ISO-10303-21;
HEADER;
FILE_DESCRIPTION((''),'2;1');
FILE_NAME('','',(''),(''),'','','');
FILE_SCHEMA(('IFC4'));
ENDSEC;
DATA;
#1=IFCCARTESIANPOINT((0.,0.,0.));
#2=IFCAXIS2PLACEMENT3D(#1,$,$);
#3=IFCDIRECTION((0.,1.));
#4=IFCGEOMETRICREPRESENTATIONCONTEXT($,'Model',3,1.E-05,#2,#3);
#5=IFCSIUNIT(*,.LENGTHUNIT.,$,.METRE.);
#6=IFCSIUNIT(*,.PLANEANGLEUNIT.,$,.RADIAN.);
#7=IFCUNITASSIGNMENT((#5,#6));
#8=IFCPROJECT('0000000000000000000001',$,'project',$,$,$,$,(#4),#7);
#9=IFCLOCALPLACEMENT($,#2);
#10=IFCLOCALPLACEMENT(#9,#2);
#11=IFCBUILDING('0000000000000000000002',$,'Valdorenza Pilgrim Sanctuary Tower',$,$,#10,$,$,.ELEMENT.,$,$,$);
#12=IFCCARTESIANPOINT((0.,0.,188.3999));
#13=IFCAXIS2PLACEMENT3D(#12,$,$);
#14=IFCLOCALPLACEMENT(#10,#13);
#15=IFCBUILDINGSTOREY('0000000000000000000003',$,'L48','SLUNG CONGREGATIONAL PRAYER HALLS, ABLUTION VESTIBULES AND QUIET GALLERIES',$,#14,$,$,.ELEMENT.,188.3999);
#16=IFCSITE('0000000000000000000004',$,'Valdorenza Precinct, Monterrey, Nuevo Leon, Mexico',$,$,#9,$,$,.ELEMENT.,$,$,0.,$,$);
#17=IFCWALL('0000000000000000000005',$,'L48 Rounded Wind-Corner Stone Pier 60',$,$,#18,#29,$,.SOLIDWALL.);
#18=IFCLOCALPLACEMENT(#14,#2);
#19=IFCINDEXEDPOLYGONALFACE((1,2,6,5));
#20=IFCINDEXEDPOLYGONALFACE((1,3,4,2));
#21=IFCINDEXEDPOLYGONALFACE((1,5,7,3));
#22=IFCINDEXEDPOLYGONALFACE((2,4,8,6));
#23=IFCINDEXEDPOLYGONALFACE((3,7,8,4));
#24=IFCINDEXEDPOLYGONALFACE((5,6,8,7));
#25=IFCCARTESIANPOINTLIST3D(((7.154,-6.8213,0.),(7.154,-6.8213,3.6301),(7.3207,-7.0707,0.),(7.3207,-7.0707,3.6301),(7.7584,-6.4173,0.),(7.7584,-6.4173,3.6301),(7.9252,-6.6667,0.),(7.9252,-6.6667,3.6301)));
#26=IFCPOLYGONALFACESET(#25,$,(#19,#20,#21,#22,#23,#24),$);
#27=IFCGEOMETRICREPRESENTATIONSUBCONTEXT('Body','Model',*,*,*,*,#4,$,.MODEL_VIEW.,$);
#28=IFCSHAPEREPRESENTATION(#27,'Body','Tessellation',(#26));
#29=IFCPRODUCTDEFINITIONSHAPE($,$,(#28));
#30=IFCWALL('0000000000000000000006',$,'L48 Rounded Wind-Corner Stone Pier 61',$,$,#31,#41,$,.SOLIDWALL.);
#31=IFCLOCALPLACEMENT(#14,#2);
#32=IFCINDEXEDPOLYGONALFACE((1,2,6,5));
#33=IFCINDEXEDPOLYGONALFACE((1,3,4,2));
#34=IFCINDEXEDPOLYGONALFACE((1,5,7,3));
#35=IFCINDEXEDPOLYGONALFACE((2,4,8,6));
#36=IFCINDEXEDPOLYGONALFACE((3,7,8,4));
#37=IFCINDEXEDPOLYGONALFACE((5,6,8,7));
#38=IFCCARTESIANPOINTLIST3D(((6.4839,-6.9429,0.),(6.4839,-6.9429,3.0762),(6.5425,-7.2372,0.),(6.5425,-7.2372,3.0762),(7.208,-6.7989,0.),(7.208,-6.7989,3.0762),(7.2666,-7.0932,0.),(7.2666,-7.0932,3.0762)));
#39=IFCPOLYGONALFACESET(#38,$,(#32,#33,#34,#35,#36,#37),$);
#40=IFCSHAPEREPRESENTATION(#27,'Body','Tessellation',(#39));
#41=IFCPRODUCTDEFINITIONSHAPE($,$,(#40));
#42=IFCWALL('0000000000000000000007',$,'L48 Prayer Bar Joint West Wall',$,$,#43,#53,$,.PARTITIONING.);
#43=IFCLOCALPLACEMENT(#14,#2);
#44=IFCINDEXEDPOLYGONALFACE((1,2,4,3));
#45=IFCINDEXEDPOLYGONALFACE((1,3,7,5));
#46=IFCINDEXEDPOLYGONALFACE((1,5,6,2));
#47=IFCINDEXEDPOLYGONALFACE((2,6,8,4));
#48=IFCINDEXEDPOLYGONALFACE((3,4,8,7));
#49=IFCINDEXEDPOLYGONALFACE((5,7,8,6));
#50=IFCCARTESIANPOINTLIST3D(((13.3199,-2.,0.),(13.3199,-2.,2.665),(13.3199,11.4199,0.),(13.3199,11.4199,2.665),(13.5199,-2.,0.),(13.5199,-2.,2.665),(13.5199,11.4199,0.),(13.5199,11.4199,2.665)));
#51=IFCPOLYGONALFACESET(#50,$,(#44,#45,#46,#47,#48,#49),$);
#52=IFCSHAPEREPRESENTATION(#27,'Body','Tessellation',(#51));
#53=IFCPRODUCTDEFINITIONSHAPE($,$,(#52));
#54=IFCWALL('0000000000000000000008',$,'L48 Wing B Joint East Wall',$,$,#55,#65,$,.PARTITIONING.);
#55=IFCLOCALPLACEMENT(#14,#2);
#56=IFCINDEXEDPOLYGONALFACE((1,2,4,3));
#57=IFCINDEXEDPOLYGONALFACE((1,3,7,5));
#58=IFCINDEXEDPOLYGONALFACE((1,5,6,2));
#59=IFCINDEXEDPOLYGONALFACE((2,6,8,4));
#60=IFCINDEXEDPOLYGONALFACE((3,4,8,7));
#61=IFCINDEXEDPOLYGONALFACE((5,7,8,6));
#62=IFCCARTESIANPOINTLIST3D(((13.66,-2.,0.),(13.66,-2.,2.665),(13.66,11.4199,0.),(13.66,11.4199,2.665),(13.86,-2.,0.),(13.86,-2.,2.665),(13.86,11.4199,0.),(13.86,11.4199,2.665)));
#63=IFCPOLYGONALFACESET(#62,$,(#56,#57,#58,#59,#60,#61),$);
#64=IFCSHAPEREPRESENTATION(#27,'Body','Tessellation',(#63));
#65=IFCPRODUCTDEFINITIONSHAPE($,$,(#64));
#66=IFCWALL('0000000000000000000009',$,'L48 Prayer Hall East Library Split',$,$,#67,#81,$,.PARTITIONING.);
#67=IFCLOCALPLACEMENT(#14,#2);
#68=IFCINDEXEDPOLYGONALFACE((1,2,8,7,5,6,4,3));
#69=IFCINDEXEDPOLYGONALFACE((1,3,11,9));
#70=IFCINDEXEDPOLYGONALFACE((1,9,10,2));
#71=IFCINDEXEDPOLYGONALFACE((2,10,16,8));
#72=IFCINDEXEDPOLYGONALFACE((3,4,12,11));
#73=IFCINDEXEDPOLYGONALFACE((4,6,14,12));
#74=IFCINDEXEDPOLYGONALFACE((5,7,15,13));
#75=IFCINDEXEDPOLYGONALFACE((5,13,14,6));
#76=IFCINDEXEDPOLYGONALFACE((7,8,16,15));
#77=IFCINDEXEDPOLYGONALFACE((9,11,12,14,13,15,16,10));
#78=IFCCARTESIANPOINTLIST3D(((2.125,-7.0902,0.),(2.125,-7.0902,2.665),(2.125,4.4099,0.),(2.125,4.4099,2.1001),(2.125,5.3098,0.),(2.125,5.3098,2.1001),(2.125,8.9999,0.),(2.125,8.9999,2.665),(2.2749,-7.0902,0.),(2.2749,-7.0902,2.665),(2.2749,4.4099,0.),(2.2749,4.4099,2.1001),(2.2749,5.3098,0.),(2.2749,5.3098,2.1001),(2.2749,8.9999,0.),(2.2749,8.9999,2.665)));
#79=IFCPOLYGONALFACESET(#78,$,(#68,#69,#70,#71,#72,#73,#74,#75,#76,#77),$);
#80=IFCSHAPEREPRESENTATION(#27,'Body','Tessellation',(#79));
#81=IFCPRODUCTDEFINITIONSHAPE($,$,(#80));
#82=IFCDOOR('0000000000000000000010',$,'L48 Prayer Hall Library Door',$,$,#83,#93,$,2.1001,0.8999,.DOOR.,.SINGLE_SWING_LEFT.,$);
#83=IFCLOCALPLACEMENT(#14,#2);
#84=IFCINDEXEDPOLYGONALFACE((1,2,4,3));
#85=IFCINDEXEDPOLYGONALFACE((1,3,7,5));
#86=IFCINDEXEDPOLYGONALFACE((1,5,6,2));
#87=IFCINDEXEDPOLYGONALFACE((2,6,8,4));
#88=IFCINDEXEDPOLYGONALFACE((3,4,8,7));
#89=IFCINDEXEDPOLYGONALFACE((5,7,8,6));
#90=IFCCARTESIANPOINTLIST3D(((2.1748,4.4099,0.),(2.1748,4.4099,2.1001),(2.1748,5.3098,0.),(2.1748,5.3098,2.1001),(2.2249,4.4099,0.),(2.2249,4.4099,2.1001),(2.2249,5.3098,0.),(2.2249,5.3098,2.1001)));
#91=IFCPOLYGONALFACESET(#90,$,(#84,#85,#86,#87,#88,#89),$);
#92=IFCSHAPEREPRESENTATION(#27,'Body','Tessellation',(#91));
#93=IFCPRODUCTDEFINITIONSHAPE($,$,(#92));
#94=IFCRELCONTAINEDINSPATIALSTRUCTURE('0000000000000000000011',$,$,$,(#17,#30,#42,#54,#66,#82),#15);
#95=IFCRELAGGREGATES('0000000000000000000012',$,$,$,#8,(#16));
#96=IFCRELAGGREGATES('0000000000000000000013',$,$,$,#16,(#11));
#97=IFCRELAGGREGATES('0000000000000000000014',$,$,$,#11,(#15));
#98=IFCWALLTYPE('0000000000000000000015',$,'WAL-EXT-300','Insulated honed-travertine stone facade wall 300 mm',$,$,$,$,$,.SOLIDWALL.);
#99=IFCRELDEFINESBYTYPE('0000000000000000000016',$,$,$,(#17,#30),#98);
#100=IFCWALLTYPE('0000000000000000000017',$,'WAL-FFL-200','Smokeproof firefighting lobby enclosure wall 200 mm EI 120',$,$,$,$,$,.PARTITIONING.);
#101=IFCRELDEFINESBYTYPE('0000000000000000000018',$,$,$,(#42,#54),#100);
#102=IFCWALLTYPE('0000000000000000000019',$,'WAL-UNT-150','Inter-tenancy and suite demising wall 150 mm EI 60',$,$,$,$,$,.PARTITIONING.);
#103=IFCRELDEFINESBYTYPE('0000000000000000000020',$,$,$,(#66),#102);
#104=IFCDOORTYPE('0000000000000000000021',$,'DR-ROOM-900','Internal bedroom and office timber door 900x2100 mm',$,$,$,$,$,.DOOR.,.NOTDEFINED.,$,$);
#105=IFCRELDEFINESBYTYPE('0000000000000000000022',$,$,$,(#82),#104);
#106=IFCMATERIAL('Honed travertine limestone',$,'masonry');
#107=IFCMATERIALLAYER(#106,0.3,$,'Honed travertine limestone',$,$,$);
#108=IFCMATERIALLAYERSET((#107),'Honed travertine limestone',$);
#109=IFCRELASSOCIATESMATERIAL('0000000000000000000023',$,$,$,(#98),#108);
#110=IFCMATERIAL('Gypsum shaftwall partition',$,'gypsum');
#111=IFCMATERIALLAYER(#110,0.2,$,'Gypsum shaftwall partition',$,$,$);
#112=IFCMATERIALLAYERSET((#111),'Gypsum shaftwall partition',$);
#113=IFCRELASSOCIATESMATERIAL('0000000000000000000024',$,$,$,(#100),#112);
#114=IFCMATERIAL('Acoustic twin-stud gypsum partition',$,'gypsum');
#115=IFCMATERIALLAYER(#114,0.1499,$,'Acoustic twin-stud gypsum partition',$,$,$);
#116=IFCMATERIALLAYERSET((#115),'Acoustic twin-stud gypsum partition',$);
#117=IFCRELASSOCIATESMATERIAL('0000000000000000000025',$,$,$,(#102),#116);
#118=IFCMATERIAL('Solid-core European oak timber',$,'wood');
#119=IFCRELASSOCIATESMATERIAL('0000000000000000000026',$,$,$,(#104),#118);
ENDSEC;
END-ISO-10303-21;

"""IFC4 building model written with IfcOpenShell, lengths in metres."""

from ifc_helpers import new_model, si_unit, direction, frame, frame_2d, origin, place, context, subcontext, project, spatial, rectangle, extrude, material, layer, layer_set, type_object, element, fill, save


model = new_model("IFC4")

# Units and contexts
model_context = context("Model", 3, precision=1e-05, world=origin(), true_north=direction((0.0, 1.0)))
body_context = subcontext(model_context, "Body", "Model", "MODEL_VIEW")
ifc_project = project(units=[si_unit("LENGTHUNIT", "METRE"), si_unit("PLANEANGLEUNIT", "RADIAN")], contexts=[model_context])

# Site, building, storey
site_placement = place(None, origin())
site = spatial("IfcSite", under=ifc_project, at=site_placement, Name="Valdorenza Precinct, Monterrey, Nuevo Leon, Mexico", CompositionType="ELEMENT", RefElevation=0.0)
building_placement = place(site_placement, origin())
building = spatial("IfcBuilding", under=site, at=building_placement, Name="Valdorenza Pilgrim Sanctuary Tower", CompositionType="ELEMENT")
storey_placement = place(building_placement, frame((0.0, 0.0, 188.3999)))
storey = spatial("IfcBuildingStorey", under=building, at=storey_placement, Name="L48", Description="SLUNG CONGREGATIONAL PRAYER HALLS, ABLUTION VESTIBULES AND QUIET GALLERIES", CompositionType="ELEMENT", Elevation=188.3999)

# Shared definitions
ifc_material_1 = material(Name="Honed travertine limestone", Category="masonry")

# Walls
ifc_layer_1 = layer(ifc_material_1, 0.3, Name="Honed travertine limestone")
ifc_layer_set_1 = layer_set([ifc_layer_1], Name="Honed travertine limestone")
wall_type_1 = type_object("IfcWallType", Name="WAL-EXT-300", Description="Insulated honed-travertine stone facade wall 300 mm", PredefinedType="SOLIDWALL", material=ifc_layer_set_1)
wall_1_placement = place(storey_placement, frame((7.8418, -6.542, 0.0), z_axis=(0.0, 0.0, 1.0), x_axis=(-0.831378, -0.555707, 0.0)))
element("IfcWall", 1, at=wall_1_placement, inside=storey, type_object=wall_type_1, Name="L48 Rounded Wind-Corner Stone Pier 60", PredefinedType="SOLIDWALL", context=body_context, shape_type="SweptSolid", body=[
    extrude(rectangle(XDim=0.7271, YDim=0.3, at=frame_2d((0.3635, 0.0))), origin(), (0.0, 0.0, 1.0), 3.6301),
])
wall_2_placement = place(storey_placement, frame((7.2373, -6.946, 0.0), z_axis=(0.0, 0.0, 1.0), x_axis=(-0.980784, -0.195099, 0.0)))
element("IfcWall", 2, at=wall_2_placement, inside=storey, type_object=wall_type_1, Name="L48 Rounded Wind-Corner Stone Pier 61", PredefinedType="SOLIDWALL", context=body_context, shape_type="SweptSolid", body=[
    extrude(rectangle(XDim=0.7383, YDim=0.3, at=frame_2d((0.3691, 0.0))), origin(), (0.0, 0.0, 1.0), 3.0762),
])
ifc_material_2 = material(Name="Gypsum shaftwall partition", Category="gypsum")
ifc_layer_2 = layer(ifc_material_2, 0.2, Name="Gypsum shaftwall partition")
ifc_layer_set_2 = layer_set([ifc_layer_2], Name="Gypsum shaftwall partition")
wall_type_2 = type_object("IfcWallType", Name="WAL-FFL-200", Description="Smokeproof firefighting lobby enclosure wall 200 mm EI 120", PredefinedType="PARTITIONING", material=ifc_layer_set_2)
for number, where, z_axis, x_axis, name in (
    (3, (13.4199, -2.0, 0.0), (0.0, 0.0, 1.0), (0.0, 1.0, 0.0), "L48 Prayer Bar Joint West Wall"),
    (4, (13.76, -2.0, 0.0), (0.0, 0.0, 1.0), (0.0, 1.0, 0.0), "L48 Wing B Joint East Wall"),
):
    element("IfcWall", number, at=place(storey_placement, frame(where, z_axis=z_axis, x_axis=x_axis)), inside=storey, type_object=wall_type_2, Name=name, PredefinedType="PARTITIONING", context=body_context, shape_type="SweptSolid", body=[
        extrude(rectangle(XDim=13.4199, YDim=0.2, at=frame_2d((6.71, 0.0))), origin(), (0.0, 0.0, 1.0), 2.665),
    ])

# Wall, opening, door
ifc_material_3 = material(Name="Acoustic twin-stud gypsum partition", Category="gypsum")
ifc_layer_3 = layer(ifc_material_3, 0.1499, Name="Acoustic twin-stud gypsum partition")
ifc_layer_set_3 = layer_set([ifc_layer_3], Name="Acoustic twin-stud gypsum partition")
wall_type_3 = type_object("IfcWallType", Name="WAL-UNT-150", Description="Inter-tenancy and suite demising wall 150 mm EI 60", PredefinedType="PARTITIONING", material=ifc_layer_set_3)
wall_3_placement = place(storey_placement, frame((2.2, -7.0901, 0.0), z_axis=(0.0, 0.0, 1.0), x_axis=(0.0, 1.0, 0.0)))
wall_3 = element("IfcWall", 5, at=wall_3_placement, inside=storey, type_object=wall_type_3, Name="L48 Prayer Hall East Library Split", PredefinedType="PARTITIONING", context=body_context, shape_type="SweptSolid", body=[
    extrude(rectangle(XDim=16.0901, YDim=0.1499, at=frame_2d((8.0449, 0.0))), origin(), (0.0, 0.0, 1.0), 2.665),
])
opening_placement = place(wall_3_placement, frame((11.5, 0.0, 0.0)))
opening = element("IfcOpeningElement", 6, at=opening_placement, cuts=wall_3, PredefinedType="OPENING", context=body_context, shape_type="SweptSolid", body=[
    extrude(rectangle(XDim=0.8999, YDim=2.1001, at=frame_2d((0.45, 1.05))), frame((0.0, 0.0898, 0.0), z_axis=(0.0, -1.0, 0.0), x_axis=(1.0, 0.0, 0.0)), (0.0, 0.0, 1.0), 0.1797),
])
ifc_material_4 = material(Name="Solid-core European oak timber", Category="wood")
door_type = type_object("IfcDoorType", Name="DR-ROOM-900", Description="Internal bedroom and office timber door 900x2100 mm", OperationType="NOTDEFINED", PredefinedType="DOOR", material=ifc_material_4)
door_placement = place(opening_placement, frame((0.8999, 0.0, 0.0), z_axis=(0.0, 0.0, 1.0), x_axis=(-1.0, 0.0, 0.0)))
door = element("IfcDoor", 7, at=door_placement, inside=storey, type_object=door_type, Name="L48 Prayer Hall Library Door", OperationType="SINGLE_SWING_LEFT", OverallHeight=2.1001, OverallWidth=0.8999, PredefinedType="DOOR", context=body_context, shape_type="SweptSolid", body=[
    extrude(rectangle(XDim=0.8999, YDim=2.1001, at=frame_2d((0.45, 1.05))), frame((0.0, 0.0249, 0.0), z_axis=(0.0, -1.0, 0.0), x_axis=(1.0, 0.0, 0.0)), (0.0, 0.0, 1.0), 0.05),
])
fill(opening, door)

save(model, "model.ifc")
